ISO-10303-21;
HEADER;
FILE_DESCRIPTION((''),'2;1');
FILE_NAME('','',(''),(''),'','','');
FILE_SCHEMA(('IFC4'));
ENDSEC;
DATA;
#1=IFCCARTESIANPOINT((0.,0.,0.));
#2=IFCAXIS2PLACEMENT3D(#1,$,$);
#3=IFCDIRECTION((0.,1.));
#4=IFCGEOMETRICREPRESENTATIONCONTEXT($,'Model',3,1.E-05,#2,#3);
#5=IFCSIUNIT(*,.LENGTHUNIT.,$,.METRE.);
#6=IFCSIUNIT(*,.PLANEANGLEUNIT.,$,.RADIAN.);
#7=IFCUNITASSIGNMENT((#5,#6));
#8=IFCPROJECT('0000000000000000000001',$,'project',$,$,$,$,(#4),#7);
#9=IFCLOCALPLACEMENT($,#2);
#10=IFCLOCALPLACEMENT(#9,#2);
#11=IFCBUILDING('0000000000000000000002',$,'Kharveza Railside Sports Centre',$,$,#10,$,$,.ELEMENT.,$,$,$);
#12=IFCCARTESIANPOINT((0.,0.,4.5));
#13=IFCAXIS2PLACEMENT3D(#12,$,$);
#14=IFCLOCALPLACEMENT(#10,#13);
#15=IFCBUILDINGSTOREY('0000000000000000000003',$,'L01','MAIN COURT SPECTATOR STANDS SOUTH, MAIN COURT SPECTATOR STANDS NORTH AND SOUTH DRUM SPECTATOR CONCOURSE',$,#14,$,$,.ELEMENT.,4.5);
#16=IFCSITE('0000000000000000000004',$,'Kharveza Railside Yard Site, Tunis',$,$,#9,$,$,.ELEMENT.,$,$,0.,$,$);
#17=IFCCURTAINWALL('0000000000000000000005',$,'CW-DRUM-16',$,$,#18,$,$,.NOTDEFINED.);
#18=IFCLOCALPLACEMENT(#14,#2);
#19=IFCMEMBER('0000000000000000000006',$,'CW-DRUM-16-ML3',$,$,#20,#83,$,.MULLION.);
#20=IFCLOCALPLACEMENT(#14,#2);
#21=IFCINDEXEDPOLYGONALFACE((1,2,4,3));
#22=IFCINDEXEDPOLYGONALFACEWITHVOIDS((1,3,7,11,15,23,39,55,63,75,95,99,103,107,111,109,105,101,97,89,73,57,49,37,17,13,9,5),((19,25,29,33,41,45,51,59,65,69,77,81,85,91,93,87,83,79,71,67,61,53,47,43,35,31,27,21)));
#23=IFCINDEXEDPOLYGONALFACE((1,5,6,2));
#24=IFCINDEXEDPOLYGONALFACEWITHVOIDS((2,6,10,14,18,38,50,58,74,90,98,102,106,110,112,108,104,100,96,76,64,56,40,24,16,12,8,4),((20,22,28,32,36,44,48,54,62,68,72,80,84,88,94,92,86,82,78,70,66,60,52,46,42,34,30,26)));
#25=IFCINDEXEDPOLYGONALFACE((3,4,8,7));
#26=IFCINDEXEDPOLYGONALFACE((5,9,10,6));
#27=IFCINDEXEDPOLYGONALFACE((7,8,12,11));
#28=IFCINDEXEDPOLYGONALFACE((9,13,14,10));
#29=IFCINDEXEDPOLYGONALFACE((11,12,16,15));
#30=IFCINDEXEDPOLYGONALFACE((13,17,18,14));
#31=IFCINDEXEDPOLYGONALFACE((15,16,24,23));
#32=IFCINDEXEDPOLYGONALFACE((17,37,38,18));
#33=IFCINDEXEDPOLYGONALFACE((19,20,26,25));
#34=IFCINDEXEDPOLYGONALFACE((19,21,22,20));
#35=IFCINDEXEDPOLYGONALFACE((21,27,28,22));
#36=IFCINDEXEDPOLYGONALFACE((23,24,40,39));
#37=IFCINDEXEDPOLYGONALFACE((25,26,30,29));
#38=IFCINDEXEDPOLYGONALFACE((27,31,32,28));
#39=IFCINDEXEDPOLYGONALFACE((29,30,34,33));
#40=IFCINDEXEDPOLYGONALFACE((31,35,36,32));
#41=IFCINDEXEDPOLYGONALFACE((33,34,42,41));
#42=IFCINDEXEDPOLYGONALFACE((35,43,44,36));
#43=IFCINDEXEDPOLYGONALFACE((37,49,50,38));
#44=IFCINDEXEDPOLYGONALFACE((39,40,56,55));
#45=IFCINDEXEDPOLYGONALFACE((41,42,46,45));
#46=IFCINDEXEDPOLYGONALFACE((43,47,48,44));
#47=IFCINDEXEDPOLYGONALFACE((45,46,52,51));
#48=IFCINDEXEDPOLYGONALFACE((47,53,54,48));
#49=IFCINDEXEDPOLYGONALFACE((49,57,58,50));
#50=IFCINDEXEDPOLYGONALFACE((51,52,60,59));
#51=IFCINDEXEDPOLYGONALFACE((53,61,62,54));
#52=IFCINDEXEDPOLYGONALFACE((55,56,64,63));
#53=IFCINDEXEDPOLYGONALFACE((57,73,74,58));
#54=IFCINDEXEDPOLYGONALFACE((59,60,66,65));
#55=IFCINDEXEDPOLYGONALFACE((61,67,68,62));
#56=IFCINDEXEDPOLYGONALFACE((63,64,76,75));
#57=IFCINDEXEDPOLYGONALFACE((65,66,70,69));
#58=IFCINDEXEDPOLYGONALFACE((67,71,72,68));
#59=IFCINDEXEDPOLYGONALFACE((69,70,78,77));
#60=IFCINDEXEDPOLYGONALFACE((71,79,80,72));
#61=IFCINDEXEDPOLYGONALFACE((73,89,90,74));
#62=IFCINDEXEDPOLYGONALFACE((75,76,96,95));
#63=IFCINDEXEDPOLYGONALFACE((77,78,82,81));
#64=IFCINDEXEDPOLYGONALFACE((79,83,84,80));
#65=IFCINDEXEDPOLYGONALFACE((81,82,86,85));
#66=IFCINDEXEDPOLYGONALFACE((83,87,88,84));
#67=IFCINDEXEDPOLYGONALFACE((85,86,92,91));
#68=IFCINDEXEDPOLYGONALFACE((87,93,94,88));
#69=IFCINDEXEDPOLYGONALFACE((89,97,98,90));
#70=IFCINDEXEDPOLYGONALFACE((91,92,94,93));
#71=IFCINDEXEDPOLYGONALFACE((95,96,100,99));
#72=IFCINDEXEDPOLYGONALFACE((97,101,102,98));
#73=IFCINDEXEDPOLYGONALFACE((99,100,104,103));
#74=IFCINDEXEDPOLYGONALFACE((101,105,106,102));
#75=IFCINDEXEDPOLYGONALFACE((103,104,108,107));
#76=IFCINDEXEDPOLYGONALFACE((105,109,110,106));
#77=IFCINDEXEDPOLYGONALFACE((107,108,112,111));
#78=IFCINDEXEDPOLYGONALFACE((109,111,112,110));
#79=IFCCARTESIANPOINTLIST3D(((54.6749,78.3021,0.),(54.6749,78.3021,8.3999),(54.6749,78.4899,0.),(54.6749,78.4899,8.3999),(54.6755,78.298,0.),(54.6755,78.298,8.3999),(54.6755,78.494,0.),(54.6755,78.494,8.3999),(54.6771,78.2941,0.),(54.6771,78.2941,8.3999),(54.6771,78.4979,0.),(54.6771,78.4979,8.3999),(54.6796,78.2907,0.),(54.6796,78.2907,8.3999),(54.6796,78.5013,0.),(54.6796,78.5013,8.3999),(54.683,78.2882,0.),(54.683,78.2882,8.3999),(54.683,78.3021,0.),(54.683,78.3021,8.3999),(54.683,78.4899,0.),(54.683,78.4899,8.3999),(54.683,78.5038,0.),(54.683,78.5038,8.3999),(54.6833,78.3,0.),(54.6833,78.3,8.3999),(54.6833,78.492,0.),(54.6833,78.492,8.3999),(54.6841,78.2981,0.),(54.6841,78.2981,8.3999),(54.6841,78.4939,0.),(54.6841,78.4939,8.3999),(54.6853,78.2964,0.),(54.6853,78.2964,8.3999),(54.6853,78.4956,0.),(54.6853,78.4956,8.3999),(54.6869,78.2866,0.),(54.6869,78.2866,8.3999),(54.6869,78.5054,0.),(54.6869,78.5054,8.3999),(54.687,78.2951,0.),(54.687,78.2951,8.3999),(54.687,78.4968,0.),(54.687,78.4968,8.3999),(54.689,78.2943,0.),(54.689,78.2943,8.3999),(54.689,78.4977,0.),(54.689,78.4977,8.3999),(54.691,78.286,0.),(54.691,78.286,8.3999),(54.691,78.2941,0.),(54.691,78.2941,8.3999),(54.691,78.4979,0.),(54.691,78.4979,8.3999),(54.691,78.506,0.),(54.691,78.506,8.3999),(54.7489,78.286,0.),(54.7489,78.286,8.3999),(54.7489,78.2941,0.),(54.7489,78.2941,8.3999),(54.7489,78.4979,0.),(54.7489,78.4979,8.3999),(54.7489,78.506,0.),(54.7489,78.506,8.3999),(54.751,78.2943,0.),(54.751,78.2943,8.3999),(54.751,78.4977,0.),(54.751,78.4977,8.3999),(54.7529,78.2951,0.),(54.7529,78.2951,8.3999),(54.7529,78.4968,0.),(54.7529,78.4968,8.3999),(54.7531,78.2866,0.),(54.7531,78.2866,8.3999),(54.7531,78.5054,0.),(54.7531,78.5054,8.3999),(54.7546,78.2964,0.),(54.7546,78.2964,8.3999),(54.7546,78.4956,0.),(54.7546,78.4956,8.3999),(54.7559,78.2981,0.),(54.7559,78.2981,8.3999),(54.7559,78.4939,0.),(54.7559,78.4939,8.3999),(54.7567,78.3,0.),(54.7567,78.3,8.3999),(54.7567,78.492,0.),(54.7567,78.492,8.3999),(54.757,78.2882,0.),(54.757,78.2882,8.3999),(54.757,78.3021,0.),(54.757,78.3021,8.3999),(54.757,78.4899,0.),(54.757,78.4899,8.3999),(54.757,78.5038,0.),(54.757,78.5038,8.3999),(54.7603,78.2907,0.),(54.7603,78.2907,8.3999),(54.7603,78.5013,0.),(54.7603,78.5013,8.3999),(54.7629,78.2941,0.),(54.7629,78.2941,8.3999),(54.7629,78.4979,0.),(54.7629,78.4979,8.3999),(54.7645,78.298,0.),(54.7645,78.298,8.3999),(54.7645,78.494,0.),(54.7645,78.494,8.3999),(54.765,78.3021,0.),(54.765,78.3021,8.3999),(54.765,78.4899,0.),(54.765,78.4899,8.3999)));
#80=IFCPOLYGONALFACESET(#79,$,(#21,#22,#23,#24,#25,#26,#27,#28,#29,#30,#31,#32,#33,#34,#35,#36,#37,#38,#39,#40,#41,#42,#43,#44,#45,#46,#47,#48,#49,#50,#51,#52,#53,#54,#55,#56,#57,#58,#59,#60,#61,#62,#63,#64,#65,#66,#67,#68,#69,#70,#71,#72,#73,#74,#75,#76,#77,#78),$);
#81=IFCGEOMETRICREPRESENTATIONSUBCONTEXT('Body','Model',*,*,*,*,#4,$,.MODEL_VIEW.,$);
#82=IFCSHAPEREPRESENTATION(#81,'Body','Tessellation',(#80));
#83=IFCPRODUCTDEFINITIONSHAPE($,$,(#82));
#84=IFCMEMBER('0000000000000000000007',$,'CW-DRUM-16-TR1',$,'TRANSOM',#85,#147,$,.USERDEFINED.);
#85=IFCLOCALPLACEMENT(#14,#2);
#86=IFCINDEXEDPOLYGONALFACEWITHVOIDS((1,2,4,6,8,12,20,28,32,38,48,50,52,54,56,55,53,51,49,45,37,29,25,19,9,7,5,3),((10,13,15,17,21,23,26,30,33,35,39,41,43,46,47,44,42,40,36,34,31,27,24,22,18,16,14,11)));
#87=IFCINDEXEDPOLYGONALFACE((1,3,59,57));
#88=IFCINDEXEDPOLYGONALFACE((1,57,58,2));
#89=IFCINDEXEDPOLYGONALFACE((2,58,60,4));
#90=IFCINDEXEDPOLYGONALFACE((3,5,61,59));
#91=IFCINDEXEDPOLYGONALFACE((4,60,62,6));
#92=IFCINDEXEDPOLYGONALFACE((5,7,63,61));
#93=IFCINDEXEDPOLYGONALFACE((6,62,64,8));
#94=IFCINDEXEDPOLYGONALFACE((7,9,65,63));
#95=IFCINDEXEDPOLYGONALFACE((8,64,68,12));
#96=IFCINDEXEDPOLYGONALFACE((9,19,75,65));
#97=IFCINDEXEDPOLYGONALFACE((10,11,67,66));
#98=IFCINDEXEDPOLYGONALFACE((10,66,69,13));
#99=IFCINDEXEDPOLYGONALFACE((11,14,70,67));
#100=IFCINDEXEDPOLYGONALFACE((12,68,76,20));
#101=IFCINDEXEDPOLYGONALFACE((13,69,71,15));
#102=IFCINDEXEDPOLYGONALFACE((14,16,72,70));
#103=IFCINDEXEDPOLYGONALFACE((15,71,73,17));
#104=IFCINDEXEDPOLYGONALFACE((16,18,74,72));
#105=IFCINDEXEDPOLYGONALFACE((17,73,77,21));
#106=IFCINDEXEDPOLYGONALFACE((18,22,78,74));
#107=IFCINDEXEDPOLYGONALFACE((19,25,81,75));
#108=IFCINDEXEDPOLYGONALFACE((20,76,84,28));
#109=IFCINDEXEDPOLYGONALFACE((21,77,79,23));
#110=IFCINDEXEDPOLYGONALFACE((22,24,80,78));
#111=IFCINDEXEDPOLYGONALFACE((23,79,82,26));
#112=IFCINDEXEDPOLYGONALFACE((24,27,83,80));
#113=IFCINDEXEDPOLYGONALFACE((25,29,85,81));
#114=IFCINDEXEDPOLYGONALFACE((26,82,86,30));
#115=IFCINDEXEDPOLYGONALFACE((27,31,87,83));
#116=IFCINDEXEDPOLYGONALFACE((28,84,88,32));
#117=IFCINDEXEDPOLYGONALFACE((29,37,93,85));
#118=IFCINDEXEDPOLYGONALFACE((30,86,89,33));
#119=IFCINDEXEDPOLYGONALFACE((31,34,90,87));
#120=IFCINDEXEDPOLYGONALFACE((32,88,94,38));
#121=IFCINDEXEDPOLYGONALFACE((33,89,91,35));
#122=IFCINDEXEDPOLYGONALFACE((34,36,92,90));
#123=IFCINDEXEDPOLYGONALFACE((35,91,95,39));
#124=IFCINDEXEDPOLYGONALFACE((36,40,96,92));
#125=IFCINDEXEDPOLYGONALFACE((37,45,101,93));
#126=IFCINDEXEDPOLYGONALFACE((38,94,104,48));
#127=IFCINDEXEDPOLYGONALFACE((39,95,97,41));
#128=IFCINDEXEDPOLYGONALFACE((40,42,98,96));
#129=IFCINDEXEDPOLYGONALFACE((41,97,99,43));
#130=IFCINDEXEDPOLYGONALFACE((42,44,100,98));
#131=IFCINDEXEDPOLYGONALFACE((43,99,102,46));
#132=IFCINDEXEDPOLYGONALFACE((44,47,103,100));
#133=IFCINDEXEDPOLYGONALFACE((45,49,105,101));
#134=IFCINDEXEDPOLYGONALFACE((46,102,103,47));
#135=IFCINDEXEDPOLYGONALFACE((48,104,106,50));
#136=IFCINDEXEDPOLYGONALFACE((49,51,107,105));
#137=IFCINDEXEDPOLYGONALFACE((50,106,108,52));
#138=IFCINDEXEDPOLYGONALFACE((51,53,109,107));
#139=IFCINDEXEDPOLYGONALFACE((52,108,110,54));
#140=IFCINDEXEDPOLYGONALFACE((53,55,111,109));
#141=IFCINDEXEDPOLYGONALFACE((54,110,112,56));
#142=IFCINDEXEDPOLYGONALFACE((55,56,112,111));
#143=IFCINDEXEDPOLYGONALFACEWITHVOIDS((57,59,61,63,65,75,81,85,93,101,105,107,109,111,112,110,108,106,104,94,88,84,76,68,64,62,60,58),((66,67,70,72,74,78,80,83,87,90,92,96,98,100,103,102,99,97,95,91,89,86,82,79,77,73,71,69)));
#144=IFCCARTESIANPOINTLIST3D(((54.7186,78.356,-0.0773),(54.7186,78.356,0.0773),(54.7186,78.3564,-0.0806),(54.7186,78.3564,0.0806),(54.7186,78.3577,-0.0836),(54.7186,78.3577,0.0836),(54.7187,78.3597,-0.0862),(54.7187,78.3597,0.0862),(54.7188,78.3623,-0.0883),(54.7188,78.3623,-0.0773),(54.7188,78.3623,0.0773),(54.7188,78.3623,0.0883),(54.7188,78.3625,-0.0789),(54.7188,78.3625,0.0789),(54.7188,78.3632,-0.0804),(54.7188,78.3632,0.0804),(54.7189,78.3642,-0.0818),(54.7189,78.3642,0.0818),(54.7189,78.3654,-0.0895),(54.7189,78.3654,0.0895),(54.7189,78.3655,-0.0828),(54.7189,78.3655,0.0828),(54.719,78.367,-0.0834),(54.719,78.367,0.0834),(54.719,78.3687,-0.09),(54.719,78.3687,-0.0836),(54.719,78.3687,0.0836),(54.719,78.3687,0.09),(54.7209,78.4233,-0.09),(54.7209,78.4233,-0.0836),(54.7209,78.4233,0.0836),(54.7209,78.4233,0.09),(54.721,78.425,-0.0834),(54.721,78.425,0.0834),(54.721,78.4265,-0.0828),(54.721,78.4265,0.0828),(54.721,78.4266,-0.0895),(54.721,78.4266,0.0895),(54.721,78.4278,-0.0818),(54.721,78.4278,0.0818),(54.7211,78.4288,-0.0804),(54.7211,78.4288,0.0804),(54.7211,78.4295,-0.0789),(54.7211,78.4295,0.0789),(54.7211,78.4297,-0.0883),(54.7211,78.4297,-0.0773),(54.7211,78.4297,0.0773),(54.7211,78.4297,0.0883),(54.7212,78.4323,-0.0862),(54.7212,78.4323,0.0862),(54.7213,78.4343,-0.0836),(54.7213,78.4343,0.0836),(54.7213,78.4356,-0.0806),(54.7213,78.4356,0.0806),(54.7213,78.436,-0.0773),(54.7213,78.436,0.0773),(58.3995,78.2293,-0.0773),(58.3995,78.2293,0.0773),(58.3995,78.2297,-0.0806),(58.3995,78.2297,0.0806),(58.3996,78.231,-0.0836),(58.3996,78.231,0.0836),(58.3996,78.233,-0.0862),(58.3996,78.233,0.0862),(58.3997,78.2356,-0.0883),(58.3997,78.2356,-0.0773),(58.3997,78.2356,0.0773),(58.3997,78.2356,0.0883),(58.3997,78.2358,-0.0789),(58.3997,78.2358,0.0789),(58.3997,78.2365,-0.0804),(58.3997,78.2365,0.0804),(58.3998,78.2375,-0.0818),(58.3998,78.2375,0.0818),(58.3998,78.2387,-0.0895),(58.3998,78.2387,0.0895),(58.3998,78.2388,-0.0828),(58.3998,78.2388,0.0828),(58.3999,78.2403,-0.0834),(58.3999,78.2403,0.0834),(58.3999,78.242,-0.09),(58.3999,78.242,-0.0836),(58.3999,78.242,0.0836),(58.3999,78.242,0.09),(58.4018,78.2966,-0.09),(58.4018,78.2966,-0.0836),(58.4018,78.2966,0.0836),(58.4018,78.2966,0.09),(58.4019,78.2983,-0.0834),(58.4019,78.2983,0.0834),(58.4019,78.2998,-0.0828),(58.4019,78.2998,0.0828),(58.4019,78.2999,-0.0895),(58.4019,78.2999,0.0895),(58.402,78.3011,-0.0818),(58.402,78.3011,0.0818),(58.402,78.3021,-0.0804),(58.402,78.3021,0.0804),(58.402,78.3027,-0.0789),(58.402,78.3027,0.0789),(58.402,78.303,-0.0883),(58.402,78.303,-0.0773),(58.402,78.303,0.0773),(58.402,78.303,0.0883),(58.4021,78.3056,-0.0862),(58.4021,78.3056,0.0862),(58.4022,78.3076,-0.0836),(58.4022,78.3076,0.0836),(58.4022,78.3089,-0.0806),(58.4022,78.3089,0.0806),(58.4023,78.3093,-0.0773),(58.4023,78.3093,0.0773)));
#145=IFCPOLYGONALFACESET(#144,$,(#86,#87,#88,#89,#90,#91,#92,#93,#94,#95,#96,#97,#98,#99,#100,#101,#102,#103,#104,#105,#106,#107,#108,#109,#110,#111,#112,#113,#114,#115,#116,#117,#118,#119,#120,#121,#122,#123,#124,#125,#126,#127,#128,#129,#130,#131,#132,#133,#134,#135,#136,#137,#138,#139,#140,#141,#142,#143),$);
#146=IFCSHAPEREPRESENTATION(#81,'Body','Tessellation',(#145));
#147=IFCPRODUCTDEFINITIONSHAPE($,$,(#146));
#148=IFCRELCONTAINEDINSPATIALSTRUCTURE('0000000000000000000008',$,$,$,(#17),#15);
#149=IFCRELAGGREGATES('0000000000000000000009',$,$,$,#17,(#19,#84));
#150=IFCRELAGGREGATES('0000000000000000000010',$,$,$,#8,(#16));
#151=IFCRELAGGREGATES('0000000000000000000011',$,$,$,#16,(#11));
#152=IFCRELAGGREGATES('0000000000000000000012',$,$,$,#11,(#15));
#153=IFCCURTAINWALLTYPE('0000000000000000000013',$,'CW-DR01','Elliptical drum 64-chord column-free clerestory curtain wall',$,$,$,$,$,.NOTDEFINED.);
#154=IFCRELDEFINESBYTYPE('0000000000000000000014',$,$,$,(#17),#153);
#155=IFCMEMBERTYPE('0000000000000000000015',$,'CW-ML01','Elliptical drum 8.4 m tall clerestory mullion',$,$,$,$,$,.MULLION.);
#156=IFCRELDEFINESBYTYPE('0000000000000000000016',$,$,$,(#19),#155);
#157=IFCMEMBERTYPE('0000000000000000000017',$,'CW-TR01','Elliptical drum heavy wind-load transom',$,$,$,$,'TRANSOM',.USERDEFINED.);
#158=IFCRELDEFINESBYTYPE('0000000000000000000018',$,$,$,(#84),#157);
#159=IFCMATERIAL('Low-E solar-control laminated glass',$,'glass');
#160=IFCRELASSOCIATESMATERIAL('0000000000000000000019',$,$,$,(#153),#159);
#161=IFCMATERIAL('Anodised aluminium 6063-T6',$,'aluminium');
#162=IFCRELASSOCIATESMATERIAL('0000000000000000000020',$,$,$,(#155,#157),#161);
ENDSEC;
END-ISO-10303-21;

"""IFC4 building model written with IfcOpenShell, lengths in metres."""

from ifc_helpers import new_model, si_unit, direction, frame, origin, origin_2d, place, context, subcontext, project, spatial, hollow_rectangle, extrude, material, material_profile, profile_set, type_object, element, aggregate, save


model = new_model("IFC4")

# Units and contexts
model_context = context("Model", 3, precision=1e-05, world=origin(), true_north=direction((0.0, 1.0)))
body_context = subcontext(model_context, "Body", "Model", "MODEL_VIEW")
ifc_project = project(units=[si_unit("LENGTHUNIT", "METRE"), si_unit("PLANEANGLEUNIT", "RADIAN")], contexts=[model_context])

# Site, building, storey
site_placement = place(None, origin())
site = spatial("IfcSite", under=ifc_project, at=site_placement, Name="Kharveza Railside Yard Site, Tunis", CompositionType="ELEMENT", RefElevation=0.0)
building_placement = place(site_placement, origin())
building = spatial("IfcBuilding", under=site, at=building_placement, Name="Kharveza Railside Sports Centre", CompositionType="ELEMENT")
storey_placement = place(building_placement, frame((0.0, 0.0, 4.5)))
storey = spatial("IfcBuildingStorey", under=building, at=storey_placement, Name="L01", Description="MAIN COURT SPECTATOR STANDS SOUTH, MAIN COURT SPECTATOR STANDS NORTH AND SOUTH DRUM SPECTATOR CONCOURSE", CompositionType="ELEMENT", Elevation=4.5)

# Curtain wall, members
ifc_material_1 = material(Name="Low-E solar-control laminated glass", Category="glass")
curtain_wall_type = type_object("IfcCurtainWallType", Name="CW-DR01", Description="Elliptical drum 64-chord column-free clerestory curtain wall", PredefinedType="NOTDEFINED", material=ifc_material_1)
ifc_material_2 = material(Name="Anodised aluminium 6063-T6", Category="aluminium")
ifc_material_profile_1 = material_profile(ifc_material_2, hollow_rectangle(XDim=0.0901, YDim=0.22, WallThickness=0.0081, InnerFilletRadius=0.0081, OuterFilletRadius=0.0161, at=origin_2d()), Name="RHS 90x220x8.0")
ifc_profile_set_1 = profile_set([ifc_material_profile_1], Name="Anodised aluminium 6063-T6")
member_type_1 = type_object("IfcMemberType", Name="CW-ML01", Description="Elliptical drum 8.4 m tall clerestory mullion", PredefinedType="MULLION", material=ifc_profile_set_1)
curtain_wall_1_placement = place(storey_placement, origin())
curtain_wall_1 = element("IfcCurtainWall", 1, at=curtain_wall_1_placement, inside=storey, type_object=curtain_wall_type, Name="CW-DRUM-16", PredefinedType="NOTDEFINED")
member_1_placement = place(storey_placement, frame((54.72, 78.396, 0.0), z_axis=(0.0, 0.0, 1.0), x_axis=(1.0, 0.0, 0.0)))
member_1 = element("IfcMember", 2, at=member_1_placement, type_object=member_type_1, Name="CW-DRUM-16-ML3", PredefinedType="MULLION", context=body_context, shape_type="SweptSolid", body=[
    extrude(hollow_rectangle(XDim=0.0901, YDim=0.22, WallThickness=0.0081, InnerFilletRadius=0.0081, OuterFilletRadius=0.0161, at=origin_2d()), origin(), (0.0, 0.0, 1.0), 8.3999),
])
ifc_material_profile_2 = material_profile(ifc_material_2, hollow_rectangle(XDim=0.0801, YDim=0.1799, WallThickness=0.0063, InnerFilletRadius=0.0063, OuterFilletRadius=0.0127, at=origin_2d()), Name="RHS 80x180x6.3")
ifc_profile_set_2 = profile_set([ifc_material_profile_2], Name="Anodised aluminium 6063-T6")
member_type_2 = type_object("IfcMemberType", Name="CW-TR01", Description="Elliptical drum heavy wind-load transom", ElementType="TRANSOM", PredefinedType="USERDEFINED", material=ifc_profile_set_2)
member_2_placement = place(storey_placement, frame((58.4009, 78.2693, 0.0), z_axis=(-0.999408, 0.034403, 0.0), x_axis=(-0.034403, -0.999408, 0.0)))
member_2 = element("IfcMember", 3, at=member_2_placement, type_object=member_type_2, Name="CW-DRUM-16-TR1", ObjectType="TRANSOM", PredefinedType="USERDEFINED", context=body_context, shape_type="SweptSolid", body=[
    extrude(hollow_rectangle(XDim=0.0801, YDim=0.1799, WallThickness=0.0063, InnerFilletRadius=0.0063, OuterFilletRadius=0.0127, at=origin_2d()), origin(), (0.0, 0.0, 1.0), 3.6831),
])

aggregate(curtain_wall_1, [member_1, member_2])

save(model, "model.ifc")
